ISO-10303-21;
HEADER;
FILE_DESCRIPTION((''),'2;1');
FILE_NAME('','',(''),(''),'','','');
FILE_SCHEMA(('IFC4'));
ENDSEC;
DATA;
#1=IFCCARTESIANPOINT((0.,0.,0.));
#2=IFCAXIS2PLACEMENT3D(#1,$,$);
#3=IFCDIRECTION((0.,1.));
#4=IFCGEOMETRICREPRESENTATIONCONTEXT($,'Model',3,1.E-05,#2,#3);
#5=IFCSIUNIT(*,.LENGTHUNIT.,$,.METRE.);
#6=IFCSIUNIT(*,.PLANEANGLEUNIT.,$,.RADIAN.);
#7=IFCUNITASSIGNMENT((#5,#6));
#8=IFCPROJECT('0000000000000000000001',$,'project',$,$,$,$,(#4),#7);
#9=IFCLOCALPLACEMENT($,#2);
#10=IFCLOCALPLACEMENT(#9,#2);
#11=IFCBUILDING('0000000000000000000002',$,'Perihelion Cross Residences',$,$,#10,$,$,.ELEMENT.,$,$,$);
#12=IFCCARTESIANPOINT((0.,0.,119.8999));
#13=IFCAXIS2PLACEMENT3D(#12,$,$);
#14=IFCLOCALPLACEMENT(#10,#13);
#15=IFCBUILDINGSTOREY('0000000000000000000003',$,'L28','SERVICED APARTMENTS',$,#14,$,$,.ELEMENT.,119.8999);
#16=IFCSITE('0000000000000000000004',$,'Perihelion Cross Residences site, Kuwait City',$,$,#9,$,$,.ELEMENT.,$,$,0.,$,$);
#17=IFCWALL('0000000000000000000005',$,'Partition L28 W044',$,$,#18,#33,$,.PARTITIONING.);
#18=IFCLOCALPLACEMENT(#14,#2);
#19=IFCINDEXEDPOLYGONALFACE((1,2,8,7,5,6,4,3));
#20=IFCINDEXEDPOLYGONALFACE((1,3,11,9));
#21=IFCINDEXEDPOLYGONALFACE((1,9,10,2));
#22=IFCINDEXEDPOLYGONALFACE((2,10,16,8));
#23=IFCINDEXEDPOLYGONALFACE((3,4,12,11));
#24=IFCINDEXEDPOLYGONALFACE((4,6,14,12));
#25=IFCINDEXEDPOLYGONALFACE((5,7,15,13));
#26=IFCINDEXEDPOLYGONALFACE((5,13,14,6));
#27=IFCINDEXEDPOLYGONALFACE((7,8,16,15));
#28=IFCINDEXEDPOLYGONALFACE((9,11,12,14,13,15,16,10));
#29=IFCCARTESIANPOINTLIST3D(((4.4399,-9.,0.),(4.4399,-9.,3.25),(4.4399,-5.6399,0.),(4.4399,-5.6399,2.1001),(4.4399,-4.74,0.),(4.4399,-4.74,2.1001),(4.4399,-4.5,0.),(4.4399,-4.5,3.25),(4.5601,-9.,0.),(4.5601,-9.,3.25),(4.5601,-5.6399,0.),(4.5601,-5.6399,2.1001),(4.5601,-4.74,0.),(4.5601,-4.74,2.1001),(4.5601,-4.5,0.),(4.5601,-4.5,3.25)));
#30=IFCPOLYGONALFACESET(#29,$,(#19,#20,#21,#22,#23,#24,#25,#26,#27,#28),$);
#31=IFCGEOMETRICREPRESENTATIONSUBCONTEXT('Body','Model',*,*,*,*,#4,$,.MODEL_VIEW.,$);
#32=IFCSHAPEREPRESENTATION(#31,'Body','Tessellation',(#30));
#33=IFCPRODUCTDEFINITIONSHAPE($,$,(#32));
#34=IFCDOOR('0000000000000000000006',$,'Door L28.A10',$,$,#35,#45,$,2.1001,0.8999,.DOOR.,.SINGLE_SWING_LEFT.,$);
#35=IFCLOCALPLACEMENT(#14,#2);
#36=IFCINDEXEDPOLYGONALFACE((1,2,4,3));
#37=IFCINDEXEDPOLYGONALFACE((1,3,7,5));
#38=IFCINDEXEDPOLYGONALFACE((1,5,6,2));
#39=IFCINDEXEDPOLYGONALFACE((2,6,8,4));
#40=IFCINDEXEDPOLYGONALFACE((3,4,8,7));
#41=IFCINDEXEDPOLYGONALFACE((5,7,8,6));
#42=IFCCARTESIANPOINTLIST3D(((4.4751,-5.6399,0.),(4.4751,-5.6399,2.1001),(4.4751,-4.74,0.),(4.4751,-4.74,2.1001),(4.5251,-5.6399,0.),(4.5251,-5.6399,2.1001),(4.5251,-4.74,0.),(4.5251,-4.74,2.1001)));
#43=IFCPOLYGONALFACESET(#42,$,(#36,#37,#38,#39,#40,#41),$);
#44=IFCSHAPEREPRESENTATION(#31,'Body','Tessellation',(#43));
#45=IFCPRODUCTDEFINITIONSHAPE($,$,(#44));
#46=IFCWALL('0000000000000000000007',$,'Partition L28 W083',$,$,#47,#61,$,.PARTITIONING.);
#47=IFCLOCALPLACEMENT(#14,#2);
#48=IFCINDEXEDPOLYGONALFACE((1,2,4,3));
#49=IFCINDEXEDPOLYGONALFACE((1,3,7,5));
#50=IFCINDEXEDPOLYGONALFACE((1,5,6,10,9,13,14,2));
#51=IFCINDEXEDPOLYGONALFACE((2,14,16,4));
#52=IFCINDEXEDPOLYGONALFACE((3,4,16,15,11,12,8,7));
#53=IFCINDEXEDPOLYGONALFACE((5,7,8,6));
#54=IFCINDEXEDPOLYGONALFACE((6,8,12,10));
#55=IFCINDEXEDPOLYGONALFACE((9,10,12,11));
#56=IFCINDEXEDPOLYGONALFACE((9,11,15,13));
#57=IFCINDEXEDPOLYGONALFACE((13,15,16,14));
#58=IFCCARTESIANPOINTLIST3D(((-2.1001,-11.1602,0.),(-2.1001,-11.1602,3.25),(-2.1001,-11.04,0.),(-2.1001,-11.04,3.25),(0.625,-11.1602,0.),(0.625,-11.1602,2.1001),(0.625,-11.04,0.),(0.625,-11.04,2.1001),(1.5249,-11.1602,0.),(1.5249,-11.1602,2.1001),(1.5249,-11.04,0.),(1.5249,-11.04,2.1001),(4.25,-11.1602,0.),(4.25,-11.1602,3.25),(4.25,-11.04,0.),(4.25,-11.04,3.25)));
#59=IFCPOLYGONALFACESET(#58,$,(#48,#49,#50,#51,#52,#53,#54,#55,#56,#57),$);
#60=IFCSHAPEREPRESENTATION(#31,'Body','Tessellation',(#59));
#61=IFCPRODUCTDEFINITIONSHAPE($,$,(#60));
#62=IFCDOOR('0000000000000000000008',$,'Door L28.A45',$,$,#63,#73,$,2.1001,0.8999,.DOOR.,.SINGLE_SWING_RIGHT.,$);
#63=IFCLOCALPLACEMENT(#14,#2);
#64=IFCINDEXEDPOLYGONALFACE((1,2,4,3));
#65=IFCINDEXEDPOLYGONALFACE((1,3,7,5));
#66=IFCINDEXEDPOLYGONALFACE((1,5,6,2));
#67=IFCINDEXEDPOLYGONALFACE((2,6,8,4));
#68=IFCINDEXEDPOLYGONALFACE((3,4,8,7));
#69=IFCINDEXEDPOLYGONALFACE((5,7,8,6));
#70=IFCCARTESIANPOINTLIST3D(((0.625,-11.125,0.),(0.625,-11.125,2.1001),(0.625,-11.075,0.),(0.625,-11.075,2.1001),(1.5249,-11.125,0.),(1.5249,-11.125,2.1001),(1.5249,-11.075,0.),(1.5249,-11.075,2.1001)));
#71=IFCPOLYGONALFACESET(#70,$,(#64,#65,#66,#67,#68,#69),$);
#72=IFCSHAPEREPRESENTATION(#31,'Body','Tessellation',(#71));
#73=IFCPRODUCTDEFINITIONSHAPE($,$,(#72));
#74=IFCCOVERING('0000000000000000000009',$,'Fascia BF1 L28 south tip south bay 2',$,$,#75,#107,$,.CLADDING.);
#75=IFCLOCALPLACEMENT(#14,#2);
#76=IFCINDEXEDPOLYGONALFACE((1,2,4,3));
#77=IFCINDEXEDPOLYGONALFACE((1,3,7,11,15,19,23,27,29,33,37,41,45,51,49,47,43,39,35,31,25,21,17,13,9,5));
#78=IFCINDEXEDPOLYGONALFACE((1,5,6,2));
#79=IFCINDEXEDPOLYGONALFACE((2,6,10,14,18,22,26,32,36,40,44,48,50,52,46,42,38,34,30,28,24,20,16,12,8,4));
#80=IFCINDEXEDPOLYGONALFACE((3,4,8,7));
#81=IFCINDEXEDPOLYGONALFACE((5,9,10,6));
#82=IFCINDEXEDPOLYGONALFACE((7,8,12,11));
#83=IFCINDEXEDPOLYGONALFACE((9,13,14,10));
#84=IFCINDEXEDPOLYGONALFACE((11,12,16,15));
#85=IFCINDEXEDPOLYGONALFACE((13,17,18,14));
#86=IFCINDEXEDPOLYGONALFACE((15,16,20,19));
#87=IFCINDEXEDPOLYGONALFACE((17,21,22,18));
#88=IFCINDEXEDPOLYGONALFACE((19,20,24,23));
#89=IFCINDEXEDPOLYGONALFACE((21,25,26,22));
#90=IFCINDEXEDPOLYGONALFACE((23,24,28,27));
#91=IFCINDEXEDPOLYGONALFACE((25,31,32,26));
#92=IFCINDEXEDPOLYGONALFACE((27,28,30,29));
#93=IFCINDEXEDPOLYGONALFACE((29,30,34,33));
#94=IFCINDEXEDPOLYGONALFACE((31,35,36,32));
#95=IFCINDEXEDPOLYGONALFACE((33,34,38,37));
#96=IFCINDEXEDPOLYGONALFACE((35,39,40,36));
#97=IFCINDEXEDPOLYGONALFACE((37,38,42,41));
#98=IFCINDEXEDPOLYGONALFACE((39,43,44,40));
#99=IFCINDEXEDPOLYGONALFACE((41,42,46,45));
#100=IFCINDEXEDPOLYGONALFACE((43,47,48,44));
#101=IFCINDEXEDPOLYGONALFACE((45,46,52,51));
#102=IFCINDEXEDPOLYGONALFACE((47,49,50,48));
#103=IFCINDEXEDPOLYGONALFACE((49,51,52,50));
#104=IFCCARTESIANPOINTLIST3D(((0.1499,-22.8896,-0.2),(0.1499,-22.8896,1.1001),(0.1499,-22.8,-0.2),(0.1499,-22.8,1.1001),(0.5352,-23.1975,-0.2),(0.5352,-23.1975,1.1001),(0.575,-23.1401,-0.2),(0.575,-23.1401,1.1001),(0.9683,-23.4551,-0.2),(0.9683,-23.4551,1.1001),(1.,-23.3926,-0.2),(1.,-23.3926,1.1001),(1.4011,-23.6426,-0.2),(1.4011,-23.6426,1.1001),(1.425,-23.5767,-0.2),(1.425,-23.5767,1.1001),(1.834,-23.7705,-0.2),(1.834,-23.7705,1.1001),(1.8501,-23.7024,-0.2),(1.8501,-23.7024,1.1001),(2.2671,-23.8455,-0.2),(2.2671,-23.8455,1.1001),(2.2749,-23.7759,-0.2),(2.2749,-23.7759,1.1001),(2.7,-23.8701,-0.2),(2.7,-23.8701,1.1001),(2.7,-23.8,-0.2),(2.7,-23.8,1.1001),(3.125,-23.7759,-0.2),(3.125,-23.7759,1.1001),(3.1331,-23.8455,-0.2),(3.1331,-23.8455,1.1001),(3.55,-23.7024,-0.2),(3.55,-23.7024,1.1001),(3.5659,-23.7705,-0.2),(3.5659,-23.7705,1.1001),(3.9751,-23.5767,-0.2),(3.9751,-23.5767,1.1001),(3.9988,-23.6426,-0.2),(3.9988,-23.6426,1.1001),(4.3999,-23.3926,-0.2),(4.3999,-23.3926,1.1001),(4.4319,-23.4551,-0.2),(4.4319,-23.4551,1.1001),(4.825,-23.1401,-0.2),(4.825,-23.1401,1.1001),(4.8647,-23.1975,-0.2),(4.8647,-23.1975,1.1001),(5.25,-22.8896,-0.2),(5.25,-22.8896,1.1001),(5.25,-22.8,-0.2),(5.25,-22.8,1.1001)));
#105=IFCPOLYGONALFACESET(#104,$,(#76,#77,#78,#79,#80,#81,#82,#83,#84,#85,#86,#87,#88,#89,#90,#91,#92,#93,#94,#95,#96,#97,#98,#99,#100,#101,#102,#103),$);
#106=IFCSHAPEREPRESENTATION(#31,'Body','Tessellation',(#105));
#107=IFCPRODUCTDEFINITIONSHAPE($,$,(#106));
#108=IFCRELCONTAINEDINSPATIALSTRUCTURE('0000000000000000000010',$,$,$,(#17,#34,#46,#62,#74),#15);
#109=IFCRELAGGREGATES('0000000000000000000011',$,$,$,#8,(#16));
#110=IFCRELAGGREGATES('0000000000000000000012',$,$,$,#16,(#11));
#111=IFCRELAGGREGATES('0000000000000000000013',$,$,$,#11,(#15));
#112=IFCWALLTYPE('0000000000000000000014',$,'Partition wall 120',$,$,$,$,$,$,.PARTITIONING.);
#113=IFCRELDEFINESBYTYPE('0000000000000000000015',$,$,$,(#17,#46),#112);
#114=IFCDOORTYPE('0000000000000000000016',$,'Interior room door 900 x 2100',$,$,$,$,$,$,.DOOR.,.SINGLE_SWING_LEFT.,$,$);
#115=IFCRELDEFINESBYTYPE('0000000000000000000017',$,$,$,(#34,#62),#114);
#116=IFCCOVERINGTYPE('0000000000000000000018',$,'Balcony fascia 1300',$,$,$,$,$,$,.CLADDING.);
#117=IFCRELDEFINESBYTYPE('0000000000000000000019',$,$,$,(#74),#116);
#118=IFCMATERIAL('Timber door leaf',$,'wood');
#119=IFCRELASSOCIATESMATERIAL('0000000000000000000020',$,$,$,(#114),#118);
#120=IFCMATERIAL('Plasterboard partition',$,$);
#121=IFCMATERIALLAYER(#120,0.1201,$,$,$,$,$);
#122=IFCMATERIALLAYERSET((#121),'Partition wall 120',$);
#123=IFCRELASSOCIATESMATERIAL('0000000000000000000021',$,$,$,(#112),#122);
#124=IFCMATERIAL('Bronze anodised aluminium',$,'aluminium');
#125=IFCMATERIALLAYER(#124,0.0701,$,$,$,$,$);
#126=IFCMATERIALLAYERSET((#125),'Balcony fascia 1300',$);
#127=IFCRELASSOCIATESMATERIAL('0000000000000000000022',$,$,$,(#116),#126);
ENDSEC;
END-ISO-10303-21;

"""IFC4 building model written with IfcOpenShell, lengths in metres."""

from ifc_helpers import new_model, si_unit, direction, frame, frame_2d, origin, place, context, subcontext, project, spatial, polyline, rectangle, outline, extrude, material, layer, layer_set, type_object, element, fill, save


model = new_model("IFC4")

# Units and contexts
model_context = context("Model", 3, precision=1e-05, world=origin(), true_north=direction((0.0, 1.0)))
body_context = subcontext(model_context, "Body", "Model", "MODEL_VIEW")
ifc_project = project(units=[si_unit("LENGTHUNIT", "METRE"), si_unit("PLANEANGLEUNIT", "RADIAN")], contexts=[model_context])

# Site, building, storey
site_placement = place(None, origin())
site = spatial("IfcSite", under=ifc_project, at=site_placement, Name="Perihelion Cross Residences site, Kuwait City", CompositionType="ELEMENT", RefElevation=0.0)
building_placement = place(site_placement, origin())
building = spatial("IfcBuilding", under=site, at=building_placement, Name="Perihelion Cross Residences", CompositionType="ELEMENT")
storey_placement = place(building_placement, frame((0.0, 0.0, 119.8999)))
storey = spatial("IfcBuildingStorey", under=building, at=storey_placement, Name="L28", Description="SERVICED APARTMENTS", CompositionType="ELEMENT", Elevation=119.8999)

# Shared definitions
ifc_material_1 = material(Name="Timber door leaf", Category="wood")
door_type_1 = type_object("IfcDoorType", Name="Interior room door 900 x 2100", OperationType="SINGLE_SWING_LEFT", PredefinedType="DOOR", material=ifc_material_1)

# Shared definitions
ifc_material_2 = material(Name="Plasterboard partition")
ifc_layer_1 = layer(ifc_material_2, 0.1201)
ifc_layer_set_1 = layer_set([ifc_layer_1], Name="Partition wall 120")
wall_type_1 = type_object("IfcWallType", Name="Partition wall 120", PredefinedType="PARTITIONING", material=ifc_layer_set_1)

# Walls, openings, doors
wall_1_placement = place(storey_placement, frame((4.5, -9.0, 0.0), z_axis=(0.0, 0.0, 1.0), x_axis=(0.0, 1.0, 0.0)))
wall_1 = element("IfcWall", 1, at=wall_1_placement, inside=storey, type_object=wall_type_1, Name="Partition L28 W044", PredefinedType="PARTITIONING", context=body_context, shape_type="SweptSolid", body=[
    extrude(rectangle(XDim=4.5, YDim=0.1201, at=frame_2d((2.25, 0.0))), origin(), (0.0, 0.0, 1.0), 3.25),
])
opening_1_placement = place(wall_1_placement, frame((3.3601, 0.0, 0.0)))
opening_1 = element("IfcOpeningElement", 2, at=opening_1_placement, cuts=wall_1, PredefinedType="OPENING", context=body_context, shape_type="SweptSolid", body=[
    extrude(rectangle(XDim=0.8999, YDim=2.1001, at=frame_2d((0.45, 1.05))), frame((0.0, 0.0701, 0.0), z_axis=(0.0, -1.0, 0.0), x_axis=(1.0, 0.0, 0.0)), (0.0, 0.0, 1.0), 0.1401),
])
door_1_placement = place(opening_1_placement, origin())
door_1 = element("IfcDoor", 3, at=door_1_placement, inside=storey, type_object=door_type_1, Name="Door L28.A10", OperationType="SINGLE_SWING_LEFT", OverallHeight=2.1001, OverallWidth=0.8999, PredefinedType="DOOR", context=body_context, shape_type="SweptSolid", body=[
    extrude(rectangle(XDim=0.8999, YDim=2.1001, at=frame_2d((0.45, 1.05))), frame((0.0, 0.0249, 0.0), z_axis=(0.0, -1.0, 0.0), x_axis=(1.0, 0.0, 0.0)), (0.0, 0.0, 1.0), 0.05),
])
fill(opening_1, door_1)
wall_2_placement = place(storey_placement, frame((4.25, -11.1001, 0.0), z_axis=(0.0, 0.0, 1.0), x_axis=(-1.0, 0.0, 0.0)))
wall_2 = element("IfcWall", 4, at=wall_2_placement, inside=storey, type_object=wall_type_1, Name="Partition L28 W083", PredefinedType="PARTITIONING", context=body_context, shape_type="SweptSolid", body=[
    extrude(rectangle(XDim=6.3501, YDim=0.1201, at=frame_2d((3.175, 0.0))), origin(), (0.0, 0.0, 1.0), 3.25),
])
opening_2_placement = place(wall_2_placement, frame((2.7251, 0.0, 0.0)))
opening_2 = element("IfcOpeningElement", 5, at=opening_2_placement, cuts=wall_2, PredefinedType="OPENING", context=body_context, shape_type="SweptSolid", body=[
    extrude(rectangle(XDim=0.8999, YDim=2.1001, at=frame_2d((0.45, 1.05))), frame((0.0, 0.0701, 0.0), z_axis=(0.0, -1.0, 0.0), x_axis=(1.0, 0.0, 0.0)), (0.0, 0.0, 1.0), 0.1401),
])
door_2_placement = place(opening_2_placement, origin())
door_2 = element("IfcDoor", 6, at=door_2_placement, inside=storey, type_object=door_type_1, Name="Door L28.A45", OperationType="SINGLE_SWING_RIGHT", OverallHeight=2.1001, OverallWidth=0.8999, PredefinedType="DOOR", context=body_context, shape_type="SweptSolid", body=[
    extrude(rectangle(XDim=0.8999, YDim=2.1001, at=frame_2d((0.45, 1.05))), frame((0.0, 0.0249, 0.0), z_axis=(0.0, -1.0, 0.0), x_axis=(1.0, 0.0, 0.0)), (0.0, 0.0, 1.0), 0.05),
])
fill(opening_2, door_2)

# Covering
ifc_material_3 = material(Name="Bronze anodised aluminium", Category="aluminium")
ifc_layer_2 = layer(ifc_material_3, 0.0701)
ifc_layer_set_2 = layer_set([ifc_layer_2], Name="Balcony fascia 1300")
covering_type = type_object("IfcCoveringType", Name="Balcony fascia 1300", PredefinedType="CLADDING", material=ifc_layer_set_2)
covering_placement = place(storey_placement, frame((0.0, 0.0, -0.2)))
element("IfcCovering", 7, at=covering_placement, inside=storey, type_object=covering_type, Name="Fascia BF1 L28 south tip south bay 2", PredefinedType="CLADDING", context=body_context, shape_type="SweptSolid", body=[
    extrude(outline(polyline([(0.5352, -23.1975), (0.9683, -23.4551), (1.4011, -23.6426), (1.834, -23.7705), (2.2671, -23.8455), (2.7, -23.8701), (3.1331, -23.8455), (3.5659, -23.7705), (3.9988, -23.6426), (4.4319, -23.4551), (4.8647, -23.1975), (5.25, -22.8896), (5.25, -22.8), (4.825, -23.1401), (4.3999, -23.3926), (3.9751, -23.5767), (3.55, -23.7024), (3.125, -23.7759), (2.7, -23.8), (2.2749, -23.7759), (1.8501, -23.7024), (1.425, -23.5767), (1.0, -23.3926), (0.575, -23.1401), (0.1499, -22.8), (0.1499, -22.8896), (0.5352, -23.1975)])), origin(), (0.0, 0.0, 1.0), 1.3),
])

save(model, "model.ifc")
